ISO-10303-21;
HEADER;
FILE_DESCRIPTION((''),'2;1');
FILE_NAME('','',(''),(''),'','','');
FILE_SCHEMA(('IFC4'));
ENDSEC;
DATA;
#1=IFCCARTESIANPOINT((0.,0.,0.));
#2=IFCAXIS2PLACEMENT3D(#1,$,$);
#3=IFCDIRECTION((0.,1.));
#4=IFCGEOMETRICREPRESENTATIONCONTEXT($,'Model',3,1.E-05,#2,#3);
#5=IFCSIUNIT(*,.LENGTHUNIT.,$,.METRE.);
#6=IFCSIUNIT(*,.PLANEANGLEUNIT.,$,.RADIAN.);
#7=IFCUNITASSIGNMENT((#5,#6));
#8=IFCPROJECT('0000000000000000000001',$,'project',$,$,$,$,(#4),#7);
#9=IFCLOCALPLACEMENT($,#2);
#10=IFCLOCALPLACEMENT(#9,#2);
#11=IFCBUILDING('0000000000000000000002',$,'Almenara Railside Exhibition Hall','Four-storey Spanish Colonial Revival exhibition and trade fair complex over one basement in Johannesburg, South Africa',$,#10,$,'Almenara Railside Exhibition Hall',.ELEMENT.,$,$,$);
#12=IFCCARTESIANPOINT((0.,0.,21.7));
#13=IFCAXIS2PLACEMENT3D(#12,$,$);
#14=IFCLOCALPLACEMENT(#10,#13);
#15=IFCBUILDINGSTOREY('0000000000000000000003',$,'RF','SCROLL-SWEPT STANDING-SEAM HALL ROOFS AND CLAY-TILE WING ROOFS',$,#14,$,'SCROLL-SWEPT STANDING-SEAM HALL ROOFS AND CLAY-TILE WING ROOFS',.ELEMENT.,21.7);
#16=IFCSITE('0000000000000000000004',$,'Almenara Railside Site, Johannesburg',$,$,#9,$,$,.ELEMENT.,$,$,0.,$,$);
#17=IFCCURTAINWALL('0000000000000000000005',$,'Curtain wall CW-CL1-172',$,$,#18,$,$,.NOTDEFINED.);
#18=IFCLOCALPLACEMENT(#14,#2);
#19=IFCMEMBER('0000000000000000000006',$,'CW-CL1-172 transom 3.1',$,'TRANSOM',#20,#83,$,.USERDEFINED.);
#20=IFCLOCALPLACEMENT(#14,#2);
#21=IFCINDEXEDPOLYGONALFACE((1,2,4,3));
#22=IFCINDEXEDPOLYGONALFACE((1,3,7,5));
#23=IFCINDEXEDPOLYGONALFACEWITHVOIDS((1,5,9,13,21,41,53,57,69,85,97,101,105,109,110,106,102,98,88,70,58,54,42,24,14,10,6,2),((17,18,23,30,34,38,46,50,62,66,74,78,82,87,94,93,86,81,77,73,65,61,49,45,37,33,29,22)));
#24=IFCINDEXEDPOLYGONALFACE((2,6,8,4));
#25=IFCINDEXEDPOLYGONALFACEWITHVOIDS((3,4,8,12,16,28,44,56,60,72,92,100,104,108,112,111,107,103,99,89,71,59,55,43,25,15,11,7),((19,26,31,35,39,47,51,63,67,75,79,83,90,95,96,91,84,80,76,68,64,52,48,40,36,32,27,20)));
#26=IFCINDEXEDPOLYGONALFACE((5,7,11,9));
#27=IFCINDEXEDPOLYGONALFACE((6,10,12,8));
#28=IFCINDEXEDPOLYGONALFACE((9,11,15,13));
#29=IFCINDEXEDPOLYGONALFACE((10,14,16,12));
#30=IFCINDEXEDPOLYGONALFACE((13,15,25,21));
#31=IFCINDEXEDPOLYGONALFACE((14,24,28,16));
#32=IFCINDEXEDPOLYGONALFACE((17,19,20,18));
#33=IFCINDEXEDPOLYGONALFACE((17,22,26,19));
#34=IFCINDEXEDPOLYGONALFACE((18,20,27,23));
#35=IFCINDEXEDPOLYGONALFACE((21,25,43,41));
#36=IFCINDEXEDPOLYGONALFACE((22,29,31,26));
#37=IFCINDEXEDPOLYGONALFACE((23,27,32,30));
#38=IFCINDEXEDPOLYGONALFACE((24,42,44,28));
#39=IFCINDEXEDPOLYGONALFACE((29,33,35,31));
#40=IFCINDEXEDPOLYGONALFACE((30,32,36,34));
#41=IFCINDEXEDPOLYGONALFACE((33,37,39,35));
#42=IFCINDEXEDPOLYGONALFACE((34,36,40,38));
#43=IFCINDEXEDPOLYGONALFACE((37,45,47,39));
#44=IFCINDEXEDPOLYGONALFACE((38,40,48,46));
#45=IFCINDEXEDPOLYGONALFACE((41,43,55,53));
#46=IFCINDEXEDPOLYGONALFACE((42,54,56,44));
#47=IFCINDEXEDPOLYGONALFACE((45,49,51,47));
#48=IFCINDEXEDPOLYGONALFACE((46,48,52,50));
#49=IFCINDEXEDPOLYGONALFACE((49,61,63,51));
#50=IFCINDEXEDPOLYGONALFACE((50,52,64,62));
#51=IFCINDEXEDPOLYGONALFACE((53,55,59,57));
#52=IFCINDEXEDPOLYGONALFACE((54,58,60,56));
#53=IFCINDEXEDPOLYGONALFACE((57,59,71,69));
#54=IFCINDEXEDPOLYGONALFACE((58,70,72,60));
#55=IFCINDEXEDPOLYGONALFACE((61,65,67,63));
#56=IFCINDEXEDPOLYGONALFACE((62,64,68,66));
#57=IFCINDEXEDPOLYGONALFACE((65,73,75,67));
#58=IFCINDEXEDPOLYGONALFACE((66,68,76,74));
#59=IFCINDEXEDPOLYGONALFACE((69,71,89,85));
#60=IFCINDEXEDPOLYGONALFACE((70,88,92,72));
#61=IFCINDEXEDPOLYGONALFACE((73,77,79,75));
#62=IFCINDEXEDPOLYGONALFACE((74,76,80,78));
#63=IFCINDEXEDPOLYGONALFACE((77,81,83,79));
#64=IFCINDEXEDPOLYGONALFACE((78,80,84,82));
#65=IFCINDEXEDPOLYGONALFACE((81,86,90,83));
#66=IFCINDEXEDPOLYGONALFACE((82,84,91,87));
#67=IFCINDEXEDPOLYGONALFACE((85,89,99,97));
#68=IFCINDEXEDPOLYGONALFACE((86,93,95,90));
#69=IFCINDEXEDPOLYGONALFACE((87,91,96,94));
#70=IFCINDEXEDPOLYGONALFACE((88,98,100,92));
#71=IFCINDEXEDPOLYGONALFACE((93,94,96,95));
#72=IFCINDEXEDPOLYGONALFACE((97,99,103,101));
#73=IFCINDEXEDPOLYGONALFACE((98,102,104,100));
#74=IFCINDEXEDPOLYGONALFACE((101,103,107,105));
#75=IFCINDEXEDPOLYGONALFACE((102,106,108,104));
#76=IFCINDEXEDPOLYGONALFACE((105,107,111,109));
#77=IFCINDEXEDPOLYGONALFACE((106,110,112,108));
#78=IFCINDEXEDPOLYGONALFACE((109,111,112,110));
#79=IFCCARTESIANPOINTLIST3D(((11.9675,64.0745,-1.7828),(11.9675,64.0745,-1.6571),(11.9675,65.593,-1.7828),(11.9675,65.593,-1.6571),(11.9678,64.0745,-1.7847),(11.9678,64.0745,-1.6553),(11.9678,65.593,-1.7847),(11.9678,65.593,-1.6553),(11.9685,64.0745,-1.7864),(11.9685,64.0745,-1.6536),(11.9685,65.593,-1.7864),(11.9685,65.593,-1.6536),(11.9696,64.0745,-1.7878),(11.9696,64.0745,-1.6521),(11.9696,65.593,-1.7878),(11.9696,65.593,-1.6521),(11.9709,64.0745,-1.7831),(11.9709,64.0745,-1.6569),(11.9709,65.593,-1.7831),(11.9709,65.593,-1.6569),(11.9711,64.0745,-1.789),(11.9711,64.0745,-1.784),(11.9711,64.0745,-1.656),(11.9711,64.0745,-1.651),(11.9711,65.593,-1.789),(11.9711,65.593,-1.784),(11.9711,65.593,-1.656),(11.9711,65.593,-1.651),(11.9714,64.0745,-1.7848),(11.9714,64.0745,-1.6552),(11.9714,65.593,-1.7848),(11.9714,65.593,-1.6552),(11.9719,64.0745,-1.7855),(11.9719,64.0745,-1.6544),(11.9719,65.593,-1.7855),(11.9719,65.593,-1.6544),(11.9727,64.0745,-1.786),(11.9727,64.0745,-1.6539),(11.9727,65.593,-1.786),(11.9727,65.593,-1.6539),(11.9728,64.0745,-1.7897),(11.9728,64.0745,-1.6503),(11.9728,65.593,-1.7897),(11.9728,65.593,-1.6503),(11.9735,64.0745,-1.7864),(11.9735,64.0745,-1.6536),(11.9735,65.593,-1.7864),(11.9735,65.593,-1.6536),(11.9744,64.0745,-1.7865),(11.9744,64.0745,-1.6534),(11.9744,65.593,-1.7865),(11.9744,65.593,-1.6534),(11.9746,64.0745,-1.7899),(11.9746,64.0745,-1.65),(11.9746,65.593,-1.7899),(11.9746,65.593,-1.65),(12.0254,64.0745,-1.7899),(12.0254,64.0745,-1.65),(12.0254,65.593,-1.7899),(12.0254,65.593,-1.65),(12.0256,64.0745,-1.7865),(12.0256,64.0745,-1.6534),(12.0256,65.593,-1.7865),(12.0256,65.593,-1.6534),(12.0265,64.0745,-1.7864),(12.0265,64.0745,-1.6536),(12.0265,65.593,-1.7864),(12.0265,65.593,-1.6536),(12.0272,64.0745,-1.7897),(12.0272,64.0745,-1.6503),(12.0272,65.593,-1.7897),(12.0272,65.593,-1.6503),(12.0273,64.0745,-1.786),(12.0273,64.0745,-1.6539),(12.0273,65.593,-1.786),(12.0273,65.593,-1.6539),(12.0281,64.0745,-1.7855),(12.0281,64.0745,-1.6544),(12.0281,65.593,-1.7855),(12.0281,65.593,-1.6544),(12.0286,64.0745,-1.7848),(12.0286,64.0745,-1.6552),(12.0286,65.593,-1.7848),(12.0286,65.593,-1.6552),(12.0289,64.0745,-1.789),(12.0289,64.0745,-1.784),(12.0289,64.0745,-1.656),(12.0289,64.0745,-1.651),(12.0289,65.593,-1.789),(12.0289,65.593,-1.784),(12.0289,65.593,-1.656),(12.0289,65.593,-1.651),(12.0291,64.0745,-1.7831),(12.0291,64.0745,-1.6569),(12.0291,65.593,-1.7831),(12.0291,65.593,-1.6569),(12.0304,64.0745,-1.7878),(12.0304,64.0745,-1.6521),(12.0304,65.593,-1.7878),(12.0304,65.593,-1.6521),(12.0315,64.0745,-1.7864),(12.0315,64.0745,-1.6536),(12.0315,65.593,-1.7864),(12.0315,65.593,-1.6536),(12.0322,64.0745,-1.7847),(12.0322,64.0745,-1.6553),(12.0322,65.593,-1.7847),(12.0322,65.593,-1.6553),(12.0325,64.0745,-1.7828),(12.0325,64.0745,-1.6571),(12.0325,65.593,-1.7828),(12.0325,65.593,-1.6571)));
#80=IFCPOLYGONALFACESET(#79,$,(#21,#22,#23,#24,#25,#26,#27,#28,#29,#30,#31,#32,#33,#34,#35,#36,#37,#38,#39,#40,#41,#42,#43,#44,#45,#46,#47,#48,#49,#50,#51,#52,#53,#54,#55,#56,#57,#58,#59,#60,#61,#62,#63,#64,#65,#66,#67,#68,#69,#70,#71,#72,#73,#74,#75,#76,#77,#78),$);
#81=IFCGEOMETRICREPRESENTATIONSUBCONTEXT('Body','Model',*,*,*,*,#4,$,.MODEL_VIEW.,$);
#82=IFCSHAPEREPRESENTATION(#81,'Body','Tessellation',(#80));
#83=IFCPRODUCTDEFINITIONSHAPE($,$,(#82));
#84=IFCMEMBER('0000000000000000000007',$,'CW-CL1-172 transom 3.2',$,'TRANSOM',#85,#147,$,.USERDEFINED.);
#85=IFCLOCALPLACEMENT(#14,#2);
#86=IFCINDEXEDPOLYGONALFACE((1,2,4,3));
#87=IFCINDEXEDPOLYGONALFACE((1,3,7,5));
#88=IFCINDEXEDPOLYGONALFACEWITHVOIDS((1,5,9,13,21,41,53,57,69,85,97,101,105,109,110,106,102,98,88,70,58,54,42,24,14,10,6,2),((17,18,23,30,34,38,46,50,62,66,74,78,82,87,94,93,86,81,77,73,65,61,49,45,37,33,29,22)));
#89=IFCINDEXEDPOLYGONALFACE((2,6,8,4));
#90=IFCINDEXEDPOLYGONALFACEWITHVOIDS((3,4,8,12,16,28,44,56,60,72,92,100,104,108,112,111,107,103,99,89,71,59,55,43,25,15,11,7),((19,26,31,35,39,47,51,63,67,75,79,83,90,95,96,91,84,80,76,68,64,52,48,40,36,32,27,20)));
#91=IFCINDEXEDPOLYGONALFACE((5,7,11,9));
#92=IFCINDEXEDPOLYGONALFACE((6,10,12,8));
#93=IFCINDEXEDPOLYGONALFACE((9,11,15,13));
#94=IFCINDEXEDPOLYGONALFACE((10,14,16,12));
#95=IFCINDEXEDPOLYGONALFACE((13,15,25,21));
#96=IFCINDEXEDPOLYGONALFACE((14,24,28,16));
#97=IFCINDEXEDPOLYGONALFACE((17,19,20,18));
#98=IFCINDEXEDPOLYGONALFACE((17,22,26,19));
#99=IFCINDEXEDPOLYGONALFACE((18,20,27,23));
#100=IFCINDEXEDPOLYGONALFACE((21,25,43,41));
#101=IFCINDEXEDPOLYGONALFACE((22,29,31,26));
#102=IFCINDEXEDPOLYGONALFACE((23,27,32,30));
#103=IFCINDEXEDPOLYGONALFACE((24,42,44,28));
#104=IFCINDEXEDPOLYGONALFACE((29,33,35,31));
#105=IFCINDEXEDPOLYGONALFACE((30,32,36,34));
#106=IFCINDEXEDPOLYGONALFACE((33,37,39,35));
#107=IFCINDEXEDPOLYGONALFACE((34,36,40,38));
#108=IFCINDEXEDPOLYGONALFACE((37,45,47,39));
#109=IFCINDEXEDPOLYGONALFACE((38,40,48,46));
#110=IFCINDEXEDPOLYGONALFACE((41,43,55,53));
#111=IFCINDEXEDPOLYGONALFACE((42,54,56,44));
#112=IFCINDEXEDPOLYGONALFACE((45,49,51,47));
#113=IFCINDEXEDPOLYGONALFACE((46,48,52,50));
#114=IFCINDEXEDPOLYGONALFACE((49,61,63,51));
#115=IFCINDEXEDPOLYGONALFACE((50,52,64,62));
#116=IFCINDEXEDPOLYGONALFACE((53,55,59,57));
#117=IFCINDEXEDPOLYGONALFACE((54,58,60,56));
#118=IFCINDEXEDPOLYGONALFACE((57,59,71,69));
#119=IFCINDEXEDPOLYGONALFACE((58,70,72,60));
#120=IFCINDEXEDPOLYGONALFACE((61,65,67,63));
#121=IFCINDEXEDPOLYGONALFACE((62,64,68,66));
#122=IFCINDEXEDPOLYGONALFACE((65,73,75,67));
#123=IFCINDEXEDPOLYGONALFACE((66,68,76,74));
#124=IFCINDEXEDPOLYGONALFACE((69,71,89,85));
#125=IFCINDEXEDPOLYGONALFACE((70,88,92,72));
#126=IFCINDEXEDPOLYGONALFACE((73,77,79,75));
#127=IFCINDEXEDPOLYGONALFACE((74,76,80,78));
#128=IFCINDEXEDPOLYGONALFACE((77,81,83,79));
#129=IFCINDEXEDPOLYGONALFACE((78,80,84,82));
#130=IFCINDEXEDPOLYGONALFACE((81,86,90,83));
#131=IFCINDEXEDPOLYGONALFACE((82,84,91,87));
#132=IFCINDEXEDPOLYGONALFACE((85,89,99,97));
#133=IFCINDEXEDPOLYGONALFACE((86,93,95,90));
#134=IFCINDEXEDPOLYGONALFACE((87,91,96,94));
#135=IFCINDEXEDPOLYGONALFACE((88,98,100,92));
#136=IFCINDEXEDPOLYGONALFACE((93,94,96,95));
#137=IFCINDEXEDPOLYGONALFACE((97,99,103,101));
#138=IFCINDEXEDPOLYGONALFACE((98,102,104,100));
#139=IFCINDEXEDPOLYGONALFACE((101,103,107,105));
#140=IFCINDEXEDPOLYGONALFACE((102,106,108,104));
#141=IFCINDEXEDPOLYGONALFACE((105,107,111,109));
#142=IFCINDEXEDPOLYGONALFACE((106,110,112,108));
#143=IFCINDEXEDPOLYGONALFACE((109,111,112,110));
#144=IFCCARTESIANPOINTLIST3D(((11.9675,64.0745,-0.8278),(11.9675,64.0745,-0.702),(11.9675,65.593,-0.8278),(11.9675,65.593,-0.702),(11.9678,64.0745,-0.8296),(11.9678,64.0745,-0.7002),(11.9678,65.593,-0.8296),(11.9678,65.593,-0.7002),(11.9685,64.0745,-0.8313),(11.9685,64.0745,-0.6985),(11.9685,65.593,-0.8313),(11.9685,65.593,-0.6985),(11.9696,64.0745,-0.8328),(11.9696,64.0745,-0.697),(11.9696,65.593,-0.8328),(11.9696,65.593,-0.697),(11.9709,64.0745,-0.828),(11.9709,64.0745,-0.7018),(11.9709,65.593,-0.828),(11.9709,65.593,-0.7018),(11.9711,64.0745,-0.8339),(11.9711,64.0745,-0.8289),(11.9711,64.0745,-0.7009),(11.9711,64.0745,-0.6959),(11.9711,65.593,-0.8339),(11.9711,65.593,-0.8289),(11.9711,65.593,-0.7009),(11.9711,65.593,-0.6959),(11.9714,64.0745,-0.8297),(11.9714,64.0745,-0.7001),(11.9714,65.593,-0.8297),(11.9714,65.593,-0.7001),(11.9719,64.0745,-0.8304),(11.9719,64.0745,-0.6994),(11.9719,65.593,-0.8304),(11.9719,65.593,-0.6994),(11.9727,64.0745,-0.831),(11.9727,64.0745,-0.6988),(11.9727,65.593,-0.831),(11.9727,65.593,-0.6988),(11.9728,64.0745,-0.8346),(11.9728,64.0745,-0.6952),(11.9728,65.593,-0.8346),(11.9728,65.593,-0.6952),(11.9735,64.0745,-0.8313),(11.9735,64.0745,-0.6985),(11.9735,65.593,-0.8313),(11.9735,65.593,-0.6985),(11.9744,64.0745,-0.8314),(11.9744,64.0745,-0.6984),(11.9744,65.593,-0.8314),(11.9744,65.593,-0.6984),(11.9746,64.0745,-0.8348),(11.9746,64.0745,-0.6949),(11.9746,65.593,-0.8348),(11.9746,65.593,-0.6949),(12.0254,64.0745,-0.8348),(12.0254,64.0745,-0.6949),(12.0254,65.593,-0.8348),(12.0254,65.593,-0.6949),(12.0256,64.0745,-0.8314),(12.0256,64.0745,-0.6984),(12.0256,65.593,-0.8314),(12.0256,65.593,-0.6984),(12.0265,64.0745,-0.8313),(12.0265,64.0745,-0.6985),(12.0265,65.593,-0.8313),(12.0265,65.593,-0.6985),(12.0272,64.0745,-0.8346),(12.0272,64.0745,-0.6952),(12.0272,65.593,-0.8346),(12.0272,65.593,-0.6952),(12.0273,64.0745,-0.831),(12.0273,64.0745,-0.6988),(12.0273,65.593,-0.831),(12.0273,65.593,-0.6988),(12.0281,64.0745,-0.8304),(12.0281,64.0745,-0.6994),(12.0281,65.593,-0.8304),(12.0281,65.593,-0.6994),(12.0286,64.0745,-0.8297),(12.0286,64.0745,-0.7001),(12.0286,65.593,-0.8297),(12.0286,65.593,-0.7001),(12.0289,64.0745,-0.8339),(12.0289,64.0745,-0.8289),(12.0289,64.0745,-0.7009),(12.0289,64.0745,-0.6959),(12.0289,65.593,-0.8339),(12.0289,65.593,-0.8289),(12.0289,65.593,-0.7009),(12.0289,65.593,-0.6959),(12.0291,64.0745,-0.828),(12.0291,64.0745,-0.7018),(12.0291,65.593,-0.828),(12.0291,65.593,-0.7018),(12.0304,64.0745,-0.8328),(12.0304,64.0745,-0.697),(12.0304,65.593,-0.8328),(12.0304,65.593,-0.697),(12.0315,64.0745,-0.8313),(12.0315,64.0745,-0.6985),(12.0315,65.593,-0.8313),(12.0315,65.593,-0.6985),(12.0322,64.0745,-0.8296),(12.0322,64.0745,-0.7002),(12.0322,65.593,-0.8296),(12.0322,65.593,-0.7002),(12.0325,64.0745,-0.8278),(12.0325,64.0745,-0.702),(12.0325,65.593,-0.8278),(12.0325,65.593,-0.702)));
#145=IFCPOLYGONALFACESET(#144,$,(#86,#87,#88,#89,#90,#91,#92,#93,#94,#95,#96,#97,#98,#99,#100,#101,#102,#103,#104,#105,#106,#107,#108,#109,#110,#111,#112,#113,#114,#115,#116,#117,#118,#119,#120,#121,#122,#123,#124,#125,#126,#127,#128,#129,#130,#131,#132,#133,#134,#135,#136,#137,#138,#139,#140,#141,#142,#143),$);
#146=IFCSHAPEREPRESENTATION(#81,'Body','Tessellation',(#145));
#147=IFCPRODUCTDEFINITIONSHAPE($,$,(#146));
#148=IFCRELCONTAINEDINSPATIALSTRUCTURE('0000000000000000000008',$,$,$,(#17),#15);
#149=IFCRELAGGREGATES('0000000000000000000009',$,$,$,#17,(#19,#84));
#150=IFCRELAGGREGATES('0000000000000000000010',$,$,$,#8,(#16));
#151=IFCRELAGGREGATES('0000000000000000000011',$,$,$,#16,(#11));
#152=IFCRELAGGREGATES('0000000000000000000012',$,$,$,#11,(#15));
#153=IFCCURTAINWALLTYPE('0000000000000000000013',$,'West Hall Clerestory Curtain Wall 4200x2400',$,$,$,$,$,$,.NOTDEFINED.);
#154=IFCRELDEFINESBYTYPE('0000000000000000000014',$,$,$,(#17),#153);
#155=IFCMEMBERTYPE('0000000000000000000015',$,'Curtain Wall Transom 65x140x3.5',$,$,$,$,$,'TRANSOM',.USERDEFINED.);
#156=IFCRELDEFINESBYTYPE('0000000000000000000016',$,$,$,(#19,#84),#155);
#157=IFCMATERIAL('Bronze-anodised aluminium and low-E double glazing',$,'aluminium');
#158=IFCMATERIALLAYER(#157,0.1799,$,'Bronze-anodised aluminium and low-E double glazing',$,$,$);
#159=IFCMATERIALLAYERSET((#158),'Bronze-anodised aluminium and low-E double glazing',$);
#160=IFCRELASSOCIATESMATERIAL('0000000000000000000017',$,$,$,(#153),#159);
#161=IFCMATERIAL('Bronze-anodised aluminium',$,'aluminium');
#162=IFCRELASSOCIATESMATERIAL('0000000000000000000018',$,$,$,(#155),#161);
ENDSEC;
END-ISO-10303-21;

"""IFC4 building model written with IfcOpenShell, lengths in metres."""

from ifc_helpers import new_model, si_unit, direction, frame, origin, origin_2d, place, context, subcontext, project, spatial, hollow_rectangle, extrude, material, layer, layer_set, material_profile, profile_set, type_object, element, aggregate, save


model = new_model("IFC4")

# Units and contexts
model_context = context("Model", 3, precision=1e-05, world=origin(), true_north=direction((0.0, 1.0)))
body_context = subcontext(model_context, "Body", "Model", "MODEL_VIEW")
ifc_project = project(units=[si_unit("LENGTHUNIT", "METRE"), si_unit("PLANEANGLEUNIT", "RADIAN")], contexts=[model_context])

# Site, building, storey
site_placement = place(None, origin())
site = spatial("IfcSite", under=ifc_project, at=site_placement, Name="Almenara Railside Site, Johannesburg", CompositionType="ELEMENT", RefElevation=0.0)
building_placement = place(site_placement, origin())
building = spatial("IfcBuilding", under=site, at=building_placement, Name="Almenara Railside Exhibition Hall", Description="Four-storey Spanish Colonial Revival exhibition and trade fair complex over one basement in Johannesburg, South Africa", LongName="Almenara Railside Exhibition Hall", CompositionType="ELEMENT")
storey_placement = place(building_placement, frame((0.0, 0.0, 21.7)))
storey = spatial("IfcBuildingStorey", under=building, at=storey_placement, Name="RF", Description="SCROLL-SWEPT STANDING-SEAM HALL ROOFS AND CLAY-TILE WING ROOFS", LongName="SCROLL-SWEPT STANDING-SEAM HALL ROOFS AND CLAY-TILE WING ROOFS", CompositionType="ELEMENT", Elevation=21.7)

# Curtain wall, members
ifc_material_1 = material(Name="Bronze-anodised aluminium and low-E double glazing", Category="aluminium")
ifc_layer_1 = layer(ifc_material_1, 0.1799, Name="Bronze-anodised aluminium and low-E double glazing")
ifc_layer_set_1 = layer_set([ifc_layer_1], Name="Bronze-anodised aluminium and low-E double glazing")
curtain_wall_type = type_object("IfcCurtainWallType", Name="West Hall Clerestory Curtain Wall 4200x2400", PredefinedType="NOTDEFINED", material=ifc_layer_set_1)
curtain_wall_placement = place(storey_placement, origin())
curtain_wall = element("IfcCurtainWall", 1, at=curtain_wall_placement, inside=storey, type_object=curtain_wall_type, Name="Curtain wall CW-CL1-172", PredefinedType="NOTDEFINED")
ifc_material_2 = material(Name="Bronze-anodised aluminium", Category="aluminium")
ifc_material_profile_1 = material_profile(ifc_material_2, hollow_rectangle(XDim=0.0649, YDim=0.1399, WallThickness=0.0034, InnerFilletRadius=0.0034, OuterFilletRadius=0.0071, at=origin_2d()), Name="ALU-TRN 65x140x3.5")
ifc_profile_set_1 = profile_set([ifc_material_profile_1], Name="Bronze-anodised aluminium")
member_type_1 = type_object("IfcMemberType", Name="Curtain Wall Transom 65x140x3.5", ElementType="TRANSOM", PredefinedType="USERDEFINED", material=ifc_profile_set_1)
member_1_placement = place(storey_placement, frame((12.0, 64.0745, -1.72), z_axis=(0.0, 1.0, 0.0), x_axis=(-1.0, 0.0, 0.0)))
member_1 = element("IfcMember", 2, at=member_1_placement, type_object=member_type_1, Name="CW-CL1-172 transom 3.1", ObjectType="TRANSOM", PredefinedType="USERDEFINED", context=body_context, shape_type="SweptSolid", body=[
    extrude(hollow_rectangle(XDim=0.0649, YDim=0.1399, WallThickness=0.0034, InnerFilletRadius=0.0034, OuterFilletRadius=0.0071, at=origin_2d()), origin(), (0.0, 0.0, 1.0), 1.5186),
])
member_2_placement = place(storey_placement, frame((12.0, 64.0745, -0.7649), z_axis=(0.0, 1.0, 0.0), x_axis=(-1.0, 0.0, 0.0)))
member_2 = element("IfcMember", 3, at=member_2_placement, type_object=member_type_1, Name="CW-CL1-172 transom 3.2", ObjectType="TRANSOM", PredefinedType="USERDEFINED", context=body_context, shape_type="SweptSolid", body=[
    extrude(hollow_rectangle(XDim=0.0649, YDim=0.1399, WallThickness=0.0034, InnerFilletRadius=0.0034, OuterFilletRadius=0.0071, at=origin_2d()), origin(), (0.0, 0.0, 1.0), 1.5186),
])

aggregate(curtain_wall, [member_1, member_2])

save(model, "model.ifc")
